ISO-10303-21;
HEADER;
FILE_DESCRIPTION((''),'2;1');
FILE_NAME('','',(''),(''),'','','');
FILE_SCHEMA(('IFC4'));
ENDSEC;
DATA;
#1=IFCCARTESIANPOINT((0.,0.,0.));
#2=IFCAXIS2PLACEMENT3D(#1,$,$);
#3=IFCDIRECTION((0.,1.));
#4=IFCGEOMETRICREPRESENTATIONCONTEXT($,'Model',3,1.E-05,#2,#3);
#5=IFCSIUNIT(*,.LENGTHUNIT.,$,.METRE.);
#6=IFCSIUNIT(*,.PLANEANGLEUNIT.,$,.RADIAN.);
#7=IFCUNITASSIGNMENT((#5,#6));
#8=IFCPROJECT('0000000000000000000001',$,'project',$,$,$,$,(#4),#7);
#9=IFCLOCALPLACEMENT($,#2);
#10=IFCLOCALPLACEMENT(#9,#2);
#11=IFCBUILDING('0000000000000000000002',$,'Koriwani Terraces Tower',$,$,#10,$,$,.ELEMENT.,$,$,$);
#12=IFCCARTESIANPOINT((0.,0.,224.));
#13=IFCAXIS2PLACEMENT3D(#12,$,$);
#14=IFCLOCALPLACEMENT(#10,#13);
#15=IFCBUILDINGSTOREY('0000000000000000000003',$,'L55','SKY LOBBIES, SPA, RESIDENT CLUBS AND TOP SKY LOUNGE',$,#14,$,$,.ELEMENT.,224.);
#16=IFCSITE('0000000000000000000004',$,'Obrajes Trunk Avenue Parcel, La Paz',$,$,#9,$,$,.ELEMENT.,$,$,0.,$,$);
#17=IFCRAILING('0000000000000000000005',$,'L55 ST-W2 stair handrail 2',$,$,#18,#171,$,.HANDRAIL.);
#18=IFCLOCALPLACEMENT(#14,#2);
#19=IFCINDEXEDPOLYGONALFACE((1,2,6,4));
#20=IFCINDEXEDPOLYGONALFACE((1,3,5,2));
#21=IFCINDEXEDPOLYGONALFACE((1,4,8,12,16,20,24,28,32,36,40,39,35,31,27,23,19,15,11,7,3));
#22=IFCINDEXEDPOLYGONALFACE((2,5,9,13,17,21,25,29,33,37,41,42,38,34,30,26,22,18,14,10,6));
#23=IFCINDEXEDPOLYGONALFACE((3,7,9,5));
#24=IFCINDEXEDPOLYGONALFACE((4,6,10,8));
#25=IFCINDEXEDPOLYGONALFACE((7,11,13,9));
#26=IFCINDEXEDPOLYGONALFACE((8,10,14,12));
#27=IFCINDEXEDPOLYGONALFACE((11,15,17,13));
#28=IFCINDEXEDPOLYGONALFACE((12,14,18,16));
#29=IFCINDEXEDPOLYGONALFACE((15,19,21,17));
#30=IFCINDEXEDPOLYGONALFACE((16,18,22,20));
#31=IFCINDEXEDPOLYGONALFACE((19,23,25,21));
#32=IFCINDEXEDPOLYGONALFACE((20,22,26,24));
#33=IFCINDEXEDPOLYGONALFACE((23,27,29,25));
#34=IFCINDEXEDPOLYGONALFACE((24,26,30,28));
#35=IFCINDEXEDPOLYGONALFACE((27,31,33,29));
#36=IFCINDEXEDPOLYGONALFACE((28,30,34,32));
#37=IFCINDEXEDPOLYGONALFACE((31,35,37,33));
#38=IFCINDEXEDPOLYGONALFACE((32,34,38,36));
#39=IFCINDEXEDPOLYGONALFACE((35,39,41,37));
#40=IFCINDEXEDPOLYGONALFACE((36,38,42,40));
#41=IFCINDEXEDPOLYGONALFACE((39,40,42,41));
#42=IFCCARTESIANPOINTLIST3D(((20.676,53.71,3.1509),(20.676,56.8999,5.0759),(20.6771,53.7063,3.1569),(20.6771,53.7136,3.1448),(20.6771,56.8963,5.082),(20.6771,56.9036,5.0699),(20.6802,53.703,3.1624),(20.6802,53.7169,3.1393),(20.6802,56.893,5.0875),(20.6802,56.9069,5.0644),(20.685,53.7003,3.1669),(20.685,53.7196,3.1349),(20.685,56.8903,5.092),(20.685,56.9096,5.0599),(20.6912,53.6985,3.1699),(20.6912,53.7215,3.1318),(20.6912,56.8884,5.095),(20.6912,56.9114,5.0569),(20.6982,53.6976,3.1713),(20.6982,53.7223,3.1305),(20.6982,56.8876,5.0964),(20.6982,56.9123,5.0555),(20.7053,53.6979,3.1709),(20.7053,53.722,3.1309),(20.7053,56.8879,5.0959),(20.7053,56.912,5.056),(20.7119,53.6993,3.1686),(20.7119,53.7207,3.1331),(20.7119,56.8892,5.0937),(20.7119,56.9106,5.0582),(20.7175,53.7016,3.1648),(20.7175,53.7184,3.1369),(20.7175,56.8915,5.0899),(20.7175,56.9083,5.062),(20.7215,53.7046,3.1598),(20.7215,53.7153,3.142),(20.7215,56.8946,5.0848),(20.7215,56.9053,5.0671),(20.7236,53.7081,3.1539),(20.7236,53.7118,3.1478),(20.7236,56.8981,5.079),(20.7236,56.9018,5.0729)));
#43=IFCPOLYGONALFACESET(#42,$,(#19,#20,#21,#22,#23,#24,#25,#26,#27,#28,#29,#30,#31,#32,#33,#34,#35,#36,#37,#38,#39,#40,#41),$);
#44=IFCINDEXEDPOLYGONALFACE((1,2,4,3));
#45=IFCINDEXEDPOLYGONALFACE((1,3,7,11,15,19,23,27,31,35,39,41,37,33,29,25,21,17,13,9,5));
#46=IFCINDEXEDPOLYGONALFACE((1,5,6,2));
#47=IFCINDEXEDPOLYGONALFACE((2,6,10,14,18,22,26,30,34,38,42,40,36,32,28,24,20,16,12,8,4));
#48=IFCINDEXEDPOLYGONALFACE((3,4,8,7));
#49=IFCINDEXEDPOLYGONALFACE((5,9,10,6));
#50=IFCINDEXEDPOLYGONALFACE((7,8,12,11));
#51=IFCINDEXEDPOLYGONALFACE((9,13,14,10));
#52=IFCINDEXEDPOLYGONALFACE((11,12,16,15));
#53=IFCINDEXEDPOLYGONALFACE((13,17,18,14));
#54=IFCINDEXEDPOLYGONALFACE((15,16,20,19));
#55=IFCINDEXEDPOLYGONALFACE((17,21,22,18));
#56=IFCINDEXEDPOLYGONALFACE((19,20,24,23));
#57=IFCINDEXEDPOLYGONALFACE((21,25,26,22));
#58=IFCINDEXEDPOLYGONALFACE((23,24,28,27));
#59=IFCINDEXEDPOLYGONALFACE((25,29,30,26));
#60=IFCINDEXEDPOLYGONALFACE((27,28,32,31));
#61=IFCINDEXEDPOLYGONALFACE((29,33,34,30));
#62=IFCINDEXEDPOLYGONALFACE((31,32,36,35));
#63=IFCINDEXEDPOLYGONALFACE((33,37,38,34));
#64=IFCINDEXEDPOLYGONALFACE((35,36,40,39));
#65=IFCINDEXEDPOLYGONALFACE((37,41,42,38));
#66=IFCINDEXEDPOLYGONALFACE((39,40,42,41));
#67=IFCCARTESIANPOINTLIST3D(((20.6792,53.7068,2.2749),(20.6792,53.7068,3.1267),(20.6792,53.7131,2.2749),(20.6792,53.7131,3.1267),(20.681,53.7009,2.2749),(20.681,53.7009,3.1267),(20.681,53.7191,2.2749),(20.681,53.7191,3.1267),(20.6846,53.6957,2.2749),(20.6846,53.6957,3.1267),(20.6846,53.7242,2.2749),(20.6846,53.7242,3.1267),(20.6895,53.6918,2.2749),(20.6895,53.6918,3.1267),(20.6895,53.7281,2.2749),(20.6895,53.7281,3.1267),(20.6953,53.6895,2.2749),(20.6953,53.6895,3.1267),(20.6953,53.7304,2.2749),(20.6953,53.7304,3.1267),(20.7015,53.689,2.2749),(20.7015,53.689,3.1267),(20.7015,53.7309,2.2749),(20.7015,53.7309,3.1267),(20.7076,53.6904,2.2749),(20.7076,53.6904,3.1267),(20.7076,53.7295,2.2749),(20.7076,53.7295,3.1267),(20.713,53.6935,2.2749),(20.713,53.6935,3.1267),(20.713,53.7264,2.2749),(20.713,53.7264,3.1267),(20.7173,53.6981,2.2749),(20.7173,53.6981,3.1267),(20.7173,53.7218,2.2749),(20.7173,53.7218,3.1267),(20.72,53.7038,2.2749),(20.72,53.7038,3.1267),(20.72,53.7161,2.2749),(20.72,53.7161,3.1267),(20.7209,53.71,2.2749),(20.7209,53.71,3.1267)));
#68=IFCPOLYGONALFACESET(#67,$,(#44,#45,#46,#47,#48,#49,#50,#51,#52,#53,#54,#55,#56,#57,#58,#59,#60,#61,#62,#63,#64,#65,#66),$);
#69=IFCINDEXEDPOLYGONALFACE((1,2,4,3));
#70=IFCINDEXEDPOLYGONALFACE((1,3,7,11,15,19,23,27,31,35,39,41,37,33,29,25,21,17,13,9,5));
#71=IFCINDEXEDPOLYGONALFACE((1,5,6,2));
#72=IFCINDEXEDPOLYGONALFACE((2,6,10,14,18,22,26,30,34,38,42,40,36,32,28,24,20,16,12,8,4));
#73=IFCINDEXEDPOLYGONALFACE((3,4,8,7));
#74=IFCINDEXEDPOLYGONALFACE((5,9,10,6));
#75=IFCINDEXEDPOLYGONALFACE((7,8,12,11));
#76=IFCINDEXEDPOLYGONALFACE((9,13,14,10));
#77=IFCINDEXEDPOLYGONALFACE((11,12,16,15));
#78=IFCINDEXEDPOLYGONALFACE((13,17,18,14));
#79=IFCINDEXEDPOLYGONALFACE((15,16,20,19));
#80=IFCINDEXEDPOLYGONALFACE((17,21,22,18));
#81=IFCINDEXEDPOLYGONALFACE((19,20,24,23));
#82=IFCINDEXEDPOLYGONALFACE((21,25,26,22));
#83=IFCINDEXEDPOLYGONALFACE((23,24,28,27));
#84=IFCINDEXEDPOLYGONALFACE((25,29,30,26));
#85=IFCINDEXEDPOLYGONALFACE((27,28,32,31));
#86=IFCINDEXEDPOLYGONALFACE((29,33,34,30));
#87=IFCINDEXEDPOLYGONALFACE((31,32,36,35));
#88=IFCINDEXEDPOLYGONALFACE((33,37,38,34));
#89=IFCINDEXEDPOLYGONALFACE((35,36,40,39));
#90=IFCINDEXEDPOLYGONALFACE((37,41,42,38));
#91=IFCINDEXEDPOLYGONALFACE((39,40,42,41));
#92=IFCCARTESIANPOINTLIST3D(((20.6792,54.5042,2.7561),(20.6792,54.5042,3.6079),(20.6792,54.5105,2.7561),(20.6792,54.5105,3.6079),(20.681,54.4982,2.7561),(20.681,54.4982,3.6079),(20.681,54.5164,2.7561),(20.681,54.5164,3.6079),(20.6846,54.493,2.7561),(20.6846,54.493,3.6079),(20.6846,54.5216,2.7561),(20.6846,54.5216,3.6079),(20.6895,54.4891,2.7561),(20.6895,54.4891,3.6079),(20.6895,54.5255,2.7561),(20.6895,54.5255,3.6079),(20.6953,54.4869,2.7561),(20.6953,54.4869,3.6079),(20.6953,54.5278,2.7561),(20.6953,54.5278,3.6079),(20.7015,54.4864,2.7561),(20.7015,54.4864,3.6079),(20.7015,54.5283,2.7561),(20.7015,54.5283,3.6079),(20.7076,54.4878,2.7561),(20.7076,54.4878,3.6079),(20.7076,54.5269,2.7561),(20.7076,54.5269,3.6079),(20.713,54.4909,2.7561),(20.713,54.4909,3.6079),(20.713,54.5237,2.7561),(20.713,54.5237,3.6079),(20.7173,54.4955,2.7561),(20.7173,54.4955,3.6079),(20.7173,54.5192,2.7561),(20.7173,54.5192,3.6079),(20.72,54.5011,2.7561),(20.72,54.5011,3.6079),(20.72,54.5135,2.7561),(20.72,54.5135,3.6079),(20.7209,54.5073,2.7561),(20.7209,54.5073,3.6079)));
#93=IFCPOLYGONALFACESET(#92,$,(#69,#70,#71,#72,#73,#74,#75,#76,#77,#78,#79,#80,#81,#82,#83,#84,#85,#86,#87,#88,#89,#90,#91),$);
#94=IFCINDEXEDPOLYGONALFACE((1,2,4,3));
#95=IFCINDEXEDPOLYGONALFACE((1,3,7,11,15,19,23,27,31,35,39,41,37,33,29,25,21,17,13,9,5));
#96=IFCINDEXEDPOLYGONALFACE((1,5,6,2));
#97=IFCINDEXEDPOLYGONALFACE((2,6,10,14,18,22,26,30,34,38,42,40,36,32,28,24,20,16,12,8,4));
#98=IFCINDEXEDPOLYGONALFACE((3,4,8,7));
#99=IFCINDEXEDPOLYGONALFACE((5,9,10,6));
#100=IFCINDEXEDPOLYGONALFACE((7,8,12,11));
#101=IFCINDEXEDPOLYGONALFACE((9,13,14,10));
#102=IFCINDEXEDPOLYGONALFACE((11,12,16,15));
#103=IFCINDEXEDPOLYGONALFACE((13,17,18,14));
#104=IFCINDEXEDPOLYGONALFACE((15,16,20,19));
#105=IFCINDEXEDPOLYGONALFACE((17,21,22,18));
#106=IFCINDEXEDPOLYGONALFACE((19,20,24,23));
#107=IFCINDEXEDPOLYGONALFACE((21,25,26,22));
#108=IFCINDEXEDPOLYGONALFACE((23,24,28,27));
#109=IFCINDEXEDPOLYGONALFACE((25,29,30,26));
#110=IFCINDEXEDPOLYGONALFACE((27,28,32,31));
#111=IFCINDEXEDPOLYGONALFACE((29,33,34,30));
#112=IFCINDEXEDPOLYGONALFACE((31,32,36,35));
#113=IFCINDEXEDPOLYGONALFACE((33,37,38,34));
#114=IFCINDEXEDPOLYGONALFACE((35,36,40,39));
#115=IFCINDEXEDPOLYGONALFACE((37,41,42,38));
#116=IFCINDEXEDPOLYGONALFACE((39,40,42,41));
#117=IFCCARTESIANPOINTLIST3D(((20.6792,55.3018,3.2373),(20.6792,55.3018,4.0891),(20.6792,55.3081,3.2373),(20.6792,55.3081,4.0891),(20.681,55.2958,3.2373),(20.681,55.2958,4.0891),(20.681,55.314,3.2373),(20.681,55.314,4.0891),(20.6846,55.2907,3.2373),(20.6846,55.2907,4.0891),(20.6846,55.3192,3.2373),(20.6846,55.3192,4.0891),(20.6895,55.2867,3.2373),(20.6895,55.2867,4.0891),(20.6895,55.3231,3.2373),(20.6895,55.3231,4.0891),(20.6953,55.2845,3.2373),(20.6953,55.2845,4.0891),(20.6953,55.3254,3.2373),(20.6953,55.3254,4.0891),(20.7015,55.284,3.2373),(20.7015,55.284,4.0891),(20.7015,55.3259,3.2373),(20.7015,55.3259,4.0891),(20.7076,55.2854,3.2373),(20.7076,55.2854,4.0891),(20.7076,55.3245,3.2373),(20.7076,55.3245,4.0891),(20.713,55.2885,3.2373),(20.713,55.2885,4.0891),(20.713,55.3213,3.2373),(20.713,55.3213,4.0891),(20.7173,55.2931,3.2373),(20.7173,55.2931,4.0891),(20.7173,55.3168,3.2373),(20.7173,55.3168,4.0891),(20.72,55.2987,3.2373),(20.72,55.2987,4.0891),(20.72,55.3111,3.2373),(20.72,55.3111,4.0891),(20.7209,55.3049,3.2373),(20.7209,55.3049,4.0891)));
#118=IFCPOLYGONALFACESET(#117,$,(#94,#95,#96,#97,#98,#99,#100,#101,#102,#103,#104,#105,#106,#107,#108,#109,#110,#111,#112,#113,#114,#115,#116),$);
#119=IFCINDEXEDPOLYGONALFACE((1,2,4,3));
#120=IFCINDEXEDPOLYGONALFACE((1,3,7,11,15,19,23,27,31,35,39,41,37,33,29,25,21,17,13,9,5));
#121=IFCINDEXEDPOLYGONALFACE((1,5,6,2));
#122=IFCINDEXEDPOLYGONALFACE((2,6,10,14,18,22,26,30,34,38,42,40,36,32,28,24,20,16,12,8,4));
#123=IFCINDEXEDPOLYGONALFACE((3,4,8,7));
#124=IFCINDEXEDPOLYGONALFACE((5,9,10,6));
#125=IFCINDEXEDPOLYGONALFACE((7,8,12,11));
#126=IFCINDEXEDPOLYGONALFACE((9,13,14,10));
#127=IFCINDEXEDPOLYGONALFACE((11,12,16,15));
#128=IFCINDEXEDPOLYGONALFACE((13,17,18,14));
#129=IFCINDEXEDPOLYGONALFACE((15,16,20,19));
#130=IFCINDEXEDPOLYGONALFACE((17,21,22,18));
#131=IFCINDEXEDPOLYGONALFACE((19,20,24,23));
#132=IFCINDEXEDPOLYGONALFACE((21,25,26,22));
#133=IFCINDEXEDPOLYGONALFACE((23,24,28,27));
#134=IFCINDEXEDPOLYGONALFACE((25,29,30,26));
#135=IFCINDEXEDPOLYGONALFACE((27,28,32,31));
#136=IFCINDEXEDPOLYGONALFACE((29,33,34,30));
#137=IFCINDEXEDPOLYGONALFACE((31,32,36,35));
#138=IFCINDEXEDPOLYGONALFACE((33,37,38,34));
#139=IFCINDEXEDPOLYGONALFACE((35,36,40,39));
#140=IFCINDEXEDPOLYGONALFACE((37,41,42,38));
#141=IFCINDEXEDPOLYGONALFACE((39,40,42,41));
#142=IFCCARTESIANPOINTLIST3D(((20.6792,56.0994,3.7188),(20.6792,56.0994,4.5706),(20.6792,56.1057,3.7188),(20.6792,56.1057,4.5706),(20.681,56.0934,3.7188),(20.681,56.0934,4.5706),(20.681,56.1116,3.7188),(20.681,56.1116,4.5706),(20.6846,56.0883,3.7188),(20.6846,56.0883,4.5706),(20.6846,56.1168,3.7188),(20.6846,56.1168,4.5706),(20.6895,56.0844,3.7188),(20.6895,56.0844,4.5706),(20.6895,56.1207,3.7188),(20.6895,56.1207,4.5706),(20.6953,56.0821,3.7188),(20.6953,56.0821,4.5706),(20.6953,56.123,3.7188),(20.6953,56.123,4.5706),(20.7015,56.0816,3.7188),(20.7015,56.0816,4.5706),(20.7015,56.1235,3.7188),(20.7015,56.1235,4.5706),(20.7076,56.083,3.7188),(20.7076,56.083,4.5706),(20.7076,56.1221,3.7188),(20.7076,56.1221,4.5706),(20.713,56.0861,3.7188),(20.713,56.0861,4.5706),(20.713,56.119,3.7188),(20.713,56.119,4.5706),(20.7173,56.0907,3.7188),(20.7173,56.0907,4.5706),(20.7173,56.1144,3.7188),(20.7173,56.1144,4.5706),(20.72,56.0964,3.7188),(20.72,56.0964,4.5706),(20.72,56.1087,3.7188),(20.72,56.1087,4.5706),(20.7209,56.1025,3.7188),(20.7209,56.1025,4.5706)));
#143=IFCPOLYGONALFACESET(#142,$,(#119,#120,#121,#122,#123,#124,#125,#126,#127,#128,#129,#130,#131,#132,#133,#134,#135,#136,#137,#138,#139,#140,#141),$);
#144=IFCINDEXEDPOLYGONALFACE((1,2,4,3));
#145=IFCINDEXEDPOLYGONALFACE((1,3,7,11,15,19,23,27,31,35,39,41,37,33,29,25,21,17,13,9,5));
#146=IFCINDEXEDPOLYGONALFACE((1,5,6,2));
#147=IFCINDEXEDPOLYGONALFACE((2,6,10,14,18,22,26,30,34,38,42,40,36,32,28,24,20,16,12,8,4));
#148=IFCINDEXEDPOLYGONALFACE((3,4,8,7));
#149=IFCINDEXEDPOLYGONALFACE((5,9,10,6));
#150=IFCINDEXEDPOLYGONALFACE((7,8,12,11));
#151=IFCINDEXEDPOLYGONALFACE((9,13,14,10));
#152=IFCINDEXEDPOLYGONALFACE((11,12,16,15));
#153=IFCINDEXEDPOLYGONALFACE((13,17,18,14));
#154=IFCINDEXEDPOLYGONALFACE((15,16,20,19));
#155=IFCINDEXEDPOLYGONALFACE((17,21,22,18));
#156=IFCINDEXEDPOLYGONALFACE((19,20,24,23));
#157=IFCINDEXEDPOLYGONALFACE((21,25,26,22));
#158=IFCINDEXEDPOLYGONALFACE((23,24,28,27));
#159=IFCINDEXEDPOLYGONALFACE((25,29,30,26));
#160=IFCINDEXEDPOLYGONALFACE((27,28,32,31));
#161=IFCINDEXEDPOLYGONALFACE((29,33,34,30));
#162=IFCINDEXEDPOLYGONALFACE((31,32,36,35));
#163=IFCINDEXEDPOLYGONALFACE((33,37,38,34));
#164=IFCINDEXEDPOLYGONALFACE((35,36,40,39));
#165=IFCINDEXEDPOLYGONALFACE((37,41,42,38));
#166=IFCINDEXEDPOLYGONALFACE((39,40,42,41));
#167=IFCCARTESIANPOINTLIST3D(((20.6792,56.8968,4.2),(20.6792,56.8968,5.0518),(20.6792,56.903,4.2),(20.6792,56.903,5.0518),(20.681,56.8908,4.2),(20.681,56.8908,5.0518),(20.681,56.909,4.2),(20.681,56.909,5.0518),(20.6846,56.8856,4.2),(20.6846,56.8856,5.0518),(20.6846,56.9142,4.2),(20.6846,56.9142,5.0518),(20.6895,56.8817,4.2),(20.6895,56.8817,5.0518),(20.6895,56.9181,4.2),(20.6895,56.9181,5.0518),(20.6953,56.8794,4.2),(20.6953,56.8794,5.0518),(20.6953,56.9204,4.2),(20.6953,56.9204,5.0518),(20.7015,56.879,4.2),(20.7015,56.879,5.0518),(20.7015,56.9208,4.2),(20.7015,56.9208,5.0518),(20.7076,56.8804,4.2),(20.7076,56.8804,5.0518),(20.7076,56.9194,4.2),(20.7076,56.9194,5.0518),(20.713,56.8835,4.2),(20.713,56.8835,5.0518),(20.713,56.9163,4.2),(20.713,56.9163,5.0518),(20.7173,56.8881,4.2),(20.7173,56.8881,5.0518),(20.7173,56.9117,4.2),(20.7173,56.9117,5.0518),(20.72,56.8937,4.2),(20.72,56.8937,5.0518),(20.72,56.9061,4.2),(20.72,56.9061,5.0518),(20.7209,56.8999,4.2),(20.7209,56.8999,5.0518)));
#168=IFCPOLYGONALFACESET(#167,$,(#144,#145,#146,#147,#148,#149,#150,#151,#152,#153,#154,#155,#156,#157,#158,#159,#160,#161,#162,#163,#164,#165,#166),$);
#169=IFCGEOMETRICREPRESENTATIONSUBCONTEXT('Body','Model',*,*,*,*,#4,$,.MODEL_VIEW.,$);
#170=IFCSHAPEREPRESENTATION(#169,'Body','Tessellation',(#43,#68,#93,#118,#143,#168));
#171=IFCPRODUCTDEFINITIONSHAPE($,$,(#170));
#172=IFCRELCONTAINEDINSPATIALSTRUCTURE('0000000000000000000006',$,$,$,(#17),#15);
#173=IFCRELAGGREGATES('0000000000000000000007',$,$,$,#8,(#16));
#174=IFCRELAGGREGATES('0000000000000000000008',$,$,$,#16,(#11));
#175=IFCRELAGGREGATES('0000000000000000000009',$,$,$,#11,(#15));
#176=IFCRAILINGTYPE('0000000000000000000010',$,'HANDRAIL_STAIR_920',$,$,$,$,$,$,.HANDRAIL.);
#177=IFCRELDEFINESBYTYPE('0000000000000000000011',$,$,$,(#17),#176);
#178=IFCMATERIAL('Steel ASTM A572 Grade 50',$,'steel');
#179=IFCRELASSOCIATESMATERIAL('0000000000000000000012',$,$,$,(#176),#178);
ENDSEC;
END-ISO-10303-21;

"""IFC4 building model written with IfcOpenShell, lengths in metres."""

from ifc_helpers import new_model, si_unit, direction, frame, origin, origin_2d, place, context, subcontext, project, spatial, circle, extrude, material, type_object, element, save


model = new_model("IFC4")

# Units and contexts
model_context = context("Model", 3, precision=1e-05, world=origin(), true_north=direction((0.0, 1.0)))
body_context = subcontext(model_context, "Body", "Model", "MODEL_VIEW")
ifc_project = project(units=[si_unit("LENGTHUNIT", "METRE"), si_unit("PLANEANGLEUNIT", "RADIAN")], contexts=[model_context])

# Site, building, storey
site_placement = place(None, origin())
site = spatial("IfcSite", under=ifc_project, at=site_placement, Name="Obrajes Trunk Avenue Parcel, La Paz", CompositionType="ELEMENT", RefElevation=0.0)
building_placement = place(site_placement, origin())
building = spatial("IfcBuilding", under=site, at=building_placement, Name="Koriwani Terraces Tower", CompositionType="ELEMENT")
storey_placement = place(building_placement, frame((0.0, 0.0, 224.0)))
storey = spatial("IfcBuildingStorey", under=building, at=storey_placement, Name="L55", Description="SKY LOBBIES, SPA, RESIDENT CLUBS AND TOP SKY LOUNGE", CompositionType="ELEMENT", Elevation=224.0)

# Shared definitions
ifc_material_1 = material(Name="Steel ASTM A572 Grade 50", Category="steel")

# Railing
railing_type_1 = type_object("IfcRailingType", Name="HANDRAIL_STAIR_920", PredefinedType="HANDRAIL", material=ifc_material_1)
railing_1_placement = place(storey_placement, frame((20.7, 53.71, 2.2749)))
element("IfcRailing", 1, at=railing_1_placement, inside=storey, type_object=railing_type_1, Name="L55 ST-W2 stair handrail 2", PredefinedType="HANDRAIL", context=body_context, shape_type="SweptSolid", body=[
    extrude(circle(Radius=0.0239, at=origin_2d()), frame((0.0, 0.0, 0.876), z_axis=(0.0, 0.856178, 0.516682), x_axis=(-1.0, 0.0, 0.0)), (0.0, 0.0, 1.0), 3.7258),
    extrude(circle(Radius=0.021, at=origin_2d()), origin(), (0.0, 0.0, 1.0), 0.8518),
    extrude(circle(Radius=0.021, at=origin_2d()), frame((0.0, 0.7974, 0.4812)), (0.0, 0.0, 1.0), 0.8518),
    extrude(circle(Radius=0.021, at=origin_2d()), frame((0.0, 1.595, 0.9624)), (0.0, 0.0, 1.0), 0.8518),
    extrude(circle(Radius=0.021, at=origin_2d()), frame((0.0, 2.3926, 1.4438)), (0.0, 0.0, 1.0), 0.8518),
    extrude(circle(Radius=0.021, at=origin_2d()), frame((0.0, 3.1899, 1.925)), (0.0, 0.0, 1.0), 0.8518),
])

save(model, "model.ifc")
